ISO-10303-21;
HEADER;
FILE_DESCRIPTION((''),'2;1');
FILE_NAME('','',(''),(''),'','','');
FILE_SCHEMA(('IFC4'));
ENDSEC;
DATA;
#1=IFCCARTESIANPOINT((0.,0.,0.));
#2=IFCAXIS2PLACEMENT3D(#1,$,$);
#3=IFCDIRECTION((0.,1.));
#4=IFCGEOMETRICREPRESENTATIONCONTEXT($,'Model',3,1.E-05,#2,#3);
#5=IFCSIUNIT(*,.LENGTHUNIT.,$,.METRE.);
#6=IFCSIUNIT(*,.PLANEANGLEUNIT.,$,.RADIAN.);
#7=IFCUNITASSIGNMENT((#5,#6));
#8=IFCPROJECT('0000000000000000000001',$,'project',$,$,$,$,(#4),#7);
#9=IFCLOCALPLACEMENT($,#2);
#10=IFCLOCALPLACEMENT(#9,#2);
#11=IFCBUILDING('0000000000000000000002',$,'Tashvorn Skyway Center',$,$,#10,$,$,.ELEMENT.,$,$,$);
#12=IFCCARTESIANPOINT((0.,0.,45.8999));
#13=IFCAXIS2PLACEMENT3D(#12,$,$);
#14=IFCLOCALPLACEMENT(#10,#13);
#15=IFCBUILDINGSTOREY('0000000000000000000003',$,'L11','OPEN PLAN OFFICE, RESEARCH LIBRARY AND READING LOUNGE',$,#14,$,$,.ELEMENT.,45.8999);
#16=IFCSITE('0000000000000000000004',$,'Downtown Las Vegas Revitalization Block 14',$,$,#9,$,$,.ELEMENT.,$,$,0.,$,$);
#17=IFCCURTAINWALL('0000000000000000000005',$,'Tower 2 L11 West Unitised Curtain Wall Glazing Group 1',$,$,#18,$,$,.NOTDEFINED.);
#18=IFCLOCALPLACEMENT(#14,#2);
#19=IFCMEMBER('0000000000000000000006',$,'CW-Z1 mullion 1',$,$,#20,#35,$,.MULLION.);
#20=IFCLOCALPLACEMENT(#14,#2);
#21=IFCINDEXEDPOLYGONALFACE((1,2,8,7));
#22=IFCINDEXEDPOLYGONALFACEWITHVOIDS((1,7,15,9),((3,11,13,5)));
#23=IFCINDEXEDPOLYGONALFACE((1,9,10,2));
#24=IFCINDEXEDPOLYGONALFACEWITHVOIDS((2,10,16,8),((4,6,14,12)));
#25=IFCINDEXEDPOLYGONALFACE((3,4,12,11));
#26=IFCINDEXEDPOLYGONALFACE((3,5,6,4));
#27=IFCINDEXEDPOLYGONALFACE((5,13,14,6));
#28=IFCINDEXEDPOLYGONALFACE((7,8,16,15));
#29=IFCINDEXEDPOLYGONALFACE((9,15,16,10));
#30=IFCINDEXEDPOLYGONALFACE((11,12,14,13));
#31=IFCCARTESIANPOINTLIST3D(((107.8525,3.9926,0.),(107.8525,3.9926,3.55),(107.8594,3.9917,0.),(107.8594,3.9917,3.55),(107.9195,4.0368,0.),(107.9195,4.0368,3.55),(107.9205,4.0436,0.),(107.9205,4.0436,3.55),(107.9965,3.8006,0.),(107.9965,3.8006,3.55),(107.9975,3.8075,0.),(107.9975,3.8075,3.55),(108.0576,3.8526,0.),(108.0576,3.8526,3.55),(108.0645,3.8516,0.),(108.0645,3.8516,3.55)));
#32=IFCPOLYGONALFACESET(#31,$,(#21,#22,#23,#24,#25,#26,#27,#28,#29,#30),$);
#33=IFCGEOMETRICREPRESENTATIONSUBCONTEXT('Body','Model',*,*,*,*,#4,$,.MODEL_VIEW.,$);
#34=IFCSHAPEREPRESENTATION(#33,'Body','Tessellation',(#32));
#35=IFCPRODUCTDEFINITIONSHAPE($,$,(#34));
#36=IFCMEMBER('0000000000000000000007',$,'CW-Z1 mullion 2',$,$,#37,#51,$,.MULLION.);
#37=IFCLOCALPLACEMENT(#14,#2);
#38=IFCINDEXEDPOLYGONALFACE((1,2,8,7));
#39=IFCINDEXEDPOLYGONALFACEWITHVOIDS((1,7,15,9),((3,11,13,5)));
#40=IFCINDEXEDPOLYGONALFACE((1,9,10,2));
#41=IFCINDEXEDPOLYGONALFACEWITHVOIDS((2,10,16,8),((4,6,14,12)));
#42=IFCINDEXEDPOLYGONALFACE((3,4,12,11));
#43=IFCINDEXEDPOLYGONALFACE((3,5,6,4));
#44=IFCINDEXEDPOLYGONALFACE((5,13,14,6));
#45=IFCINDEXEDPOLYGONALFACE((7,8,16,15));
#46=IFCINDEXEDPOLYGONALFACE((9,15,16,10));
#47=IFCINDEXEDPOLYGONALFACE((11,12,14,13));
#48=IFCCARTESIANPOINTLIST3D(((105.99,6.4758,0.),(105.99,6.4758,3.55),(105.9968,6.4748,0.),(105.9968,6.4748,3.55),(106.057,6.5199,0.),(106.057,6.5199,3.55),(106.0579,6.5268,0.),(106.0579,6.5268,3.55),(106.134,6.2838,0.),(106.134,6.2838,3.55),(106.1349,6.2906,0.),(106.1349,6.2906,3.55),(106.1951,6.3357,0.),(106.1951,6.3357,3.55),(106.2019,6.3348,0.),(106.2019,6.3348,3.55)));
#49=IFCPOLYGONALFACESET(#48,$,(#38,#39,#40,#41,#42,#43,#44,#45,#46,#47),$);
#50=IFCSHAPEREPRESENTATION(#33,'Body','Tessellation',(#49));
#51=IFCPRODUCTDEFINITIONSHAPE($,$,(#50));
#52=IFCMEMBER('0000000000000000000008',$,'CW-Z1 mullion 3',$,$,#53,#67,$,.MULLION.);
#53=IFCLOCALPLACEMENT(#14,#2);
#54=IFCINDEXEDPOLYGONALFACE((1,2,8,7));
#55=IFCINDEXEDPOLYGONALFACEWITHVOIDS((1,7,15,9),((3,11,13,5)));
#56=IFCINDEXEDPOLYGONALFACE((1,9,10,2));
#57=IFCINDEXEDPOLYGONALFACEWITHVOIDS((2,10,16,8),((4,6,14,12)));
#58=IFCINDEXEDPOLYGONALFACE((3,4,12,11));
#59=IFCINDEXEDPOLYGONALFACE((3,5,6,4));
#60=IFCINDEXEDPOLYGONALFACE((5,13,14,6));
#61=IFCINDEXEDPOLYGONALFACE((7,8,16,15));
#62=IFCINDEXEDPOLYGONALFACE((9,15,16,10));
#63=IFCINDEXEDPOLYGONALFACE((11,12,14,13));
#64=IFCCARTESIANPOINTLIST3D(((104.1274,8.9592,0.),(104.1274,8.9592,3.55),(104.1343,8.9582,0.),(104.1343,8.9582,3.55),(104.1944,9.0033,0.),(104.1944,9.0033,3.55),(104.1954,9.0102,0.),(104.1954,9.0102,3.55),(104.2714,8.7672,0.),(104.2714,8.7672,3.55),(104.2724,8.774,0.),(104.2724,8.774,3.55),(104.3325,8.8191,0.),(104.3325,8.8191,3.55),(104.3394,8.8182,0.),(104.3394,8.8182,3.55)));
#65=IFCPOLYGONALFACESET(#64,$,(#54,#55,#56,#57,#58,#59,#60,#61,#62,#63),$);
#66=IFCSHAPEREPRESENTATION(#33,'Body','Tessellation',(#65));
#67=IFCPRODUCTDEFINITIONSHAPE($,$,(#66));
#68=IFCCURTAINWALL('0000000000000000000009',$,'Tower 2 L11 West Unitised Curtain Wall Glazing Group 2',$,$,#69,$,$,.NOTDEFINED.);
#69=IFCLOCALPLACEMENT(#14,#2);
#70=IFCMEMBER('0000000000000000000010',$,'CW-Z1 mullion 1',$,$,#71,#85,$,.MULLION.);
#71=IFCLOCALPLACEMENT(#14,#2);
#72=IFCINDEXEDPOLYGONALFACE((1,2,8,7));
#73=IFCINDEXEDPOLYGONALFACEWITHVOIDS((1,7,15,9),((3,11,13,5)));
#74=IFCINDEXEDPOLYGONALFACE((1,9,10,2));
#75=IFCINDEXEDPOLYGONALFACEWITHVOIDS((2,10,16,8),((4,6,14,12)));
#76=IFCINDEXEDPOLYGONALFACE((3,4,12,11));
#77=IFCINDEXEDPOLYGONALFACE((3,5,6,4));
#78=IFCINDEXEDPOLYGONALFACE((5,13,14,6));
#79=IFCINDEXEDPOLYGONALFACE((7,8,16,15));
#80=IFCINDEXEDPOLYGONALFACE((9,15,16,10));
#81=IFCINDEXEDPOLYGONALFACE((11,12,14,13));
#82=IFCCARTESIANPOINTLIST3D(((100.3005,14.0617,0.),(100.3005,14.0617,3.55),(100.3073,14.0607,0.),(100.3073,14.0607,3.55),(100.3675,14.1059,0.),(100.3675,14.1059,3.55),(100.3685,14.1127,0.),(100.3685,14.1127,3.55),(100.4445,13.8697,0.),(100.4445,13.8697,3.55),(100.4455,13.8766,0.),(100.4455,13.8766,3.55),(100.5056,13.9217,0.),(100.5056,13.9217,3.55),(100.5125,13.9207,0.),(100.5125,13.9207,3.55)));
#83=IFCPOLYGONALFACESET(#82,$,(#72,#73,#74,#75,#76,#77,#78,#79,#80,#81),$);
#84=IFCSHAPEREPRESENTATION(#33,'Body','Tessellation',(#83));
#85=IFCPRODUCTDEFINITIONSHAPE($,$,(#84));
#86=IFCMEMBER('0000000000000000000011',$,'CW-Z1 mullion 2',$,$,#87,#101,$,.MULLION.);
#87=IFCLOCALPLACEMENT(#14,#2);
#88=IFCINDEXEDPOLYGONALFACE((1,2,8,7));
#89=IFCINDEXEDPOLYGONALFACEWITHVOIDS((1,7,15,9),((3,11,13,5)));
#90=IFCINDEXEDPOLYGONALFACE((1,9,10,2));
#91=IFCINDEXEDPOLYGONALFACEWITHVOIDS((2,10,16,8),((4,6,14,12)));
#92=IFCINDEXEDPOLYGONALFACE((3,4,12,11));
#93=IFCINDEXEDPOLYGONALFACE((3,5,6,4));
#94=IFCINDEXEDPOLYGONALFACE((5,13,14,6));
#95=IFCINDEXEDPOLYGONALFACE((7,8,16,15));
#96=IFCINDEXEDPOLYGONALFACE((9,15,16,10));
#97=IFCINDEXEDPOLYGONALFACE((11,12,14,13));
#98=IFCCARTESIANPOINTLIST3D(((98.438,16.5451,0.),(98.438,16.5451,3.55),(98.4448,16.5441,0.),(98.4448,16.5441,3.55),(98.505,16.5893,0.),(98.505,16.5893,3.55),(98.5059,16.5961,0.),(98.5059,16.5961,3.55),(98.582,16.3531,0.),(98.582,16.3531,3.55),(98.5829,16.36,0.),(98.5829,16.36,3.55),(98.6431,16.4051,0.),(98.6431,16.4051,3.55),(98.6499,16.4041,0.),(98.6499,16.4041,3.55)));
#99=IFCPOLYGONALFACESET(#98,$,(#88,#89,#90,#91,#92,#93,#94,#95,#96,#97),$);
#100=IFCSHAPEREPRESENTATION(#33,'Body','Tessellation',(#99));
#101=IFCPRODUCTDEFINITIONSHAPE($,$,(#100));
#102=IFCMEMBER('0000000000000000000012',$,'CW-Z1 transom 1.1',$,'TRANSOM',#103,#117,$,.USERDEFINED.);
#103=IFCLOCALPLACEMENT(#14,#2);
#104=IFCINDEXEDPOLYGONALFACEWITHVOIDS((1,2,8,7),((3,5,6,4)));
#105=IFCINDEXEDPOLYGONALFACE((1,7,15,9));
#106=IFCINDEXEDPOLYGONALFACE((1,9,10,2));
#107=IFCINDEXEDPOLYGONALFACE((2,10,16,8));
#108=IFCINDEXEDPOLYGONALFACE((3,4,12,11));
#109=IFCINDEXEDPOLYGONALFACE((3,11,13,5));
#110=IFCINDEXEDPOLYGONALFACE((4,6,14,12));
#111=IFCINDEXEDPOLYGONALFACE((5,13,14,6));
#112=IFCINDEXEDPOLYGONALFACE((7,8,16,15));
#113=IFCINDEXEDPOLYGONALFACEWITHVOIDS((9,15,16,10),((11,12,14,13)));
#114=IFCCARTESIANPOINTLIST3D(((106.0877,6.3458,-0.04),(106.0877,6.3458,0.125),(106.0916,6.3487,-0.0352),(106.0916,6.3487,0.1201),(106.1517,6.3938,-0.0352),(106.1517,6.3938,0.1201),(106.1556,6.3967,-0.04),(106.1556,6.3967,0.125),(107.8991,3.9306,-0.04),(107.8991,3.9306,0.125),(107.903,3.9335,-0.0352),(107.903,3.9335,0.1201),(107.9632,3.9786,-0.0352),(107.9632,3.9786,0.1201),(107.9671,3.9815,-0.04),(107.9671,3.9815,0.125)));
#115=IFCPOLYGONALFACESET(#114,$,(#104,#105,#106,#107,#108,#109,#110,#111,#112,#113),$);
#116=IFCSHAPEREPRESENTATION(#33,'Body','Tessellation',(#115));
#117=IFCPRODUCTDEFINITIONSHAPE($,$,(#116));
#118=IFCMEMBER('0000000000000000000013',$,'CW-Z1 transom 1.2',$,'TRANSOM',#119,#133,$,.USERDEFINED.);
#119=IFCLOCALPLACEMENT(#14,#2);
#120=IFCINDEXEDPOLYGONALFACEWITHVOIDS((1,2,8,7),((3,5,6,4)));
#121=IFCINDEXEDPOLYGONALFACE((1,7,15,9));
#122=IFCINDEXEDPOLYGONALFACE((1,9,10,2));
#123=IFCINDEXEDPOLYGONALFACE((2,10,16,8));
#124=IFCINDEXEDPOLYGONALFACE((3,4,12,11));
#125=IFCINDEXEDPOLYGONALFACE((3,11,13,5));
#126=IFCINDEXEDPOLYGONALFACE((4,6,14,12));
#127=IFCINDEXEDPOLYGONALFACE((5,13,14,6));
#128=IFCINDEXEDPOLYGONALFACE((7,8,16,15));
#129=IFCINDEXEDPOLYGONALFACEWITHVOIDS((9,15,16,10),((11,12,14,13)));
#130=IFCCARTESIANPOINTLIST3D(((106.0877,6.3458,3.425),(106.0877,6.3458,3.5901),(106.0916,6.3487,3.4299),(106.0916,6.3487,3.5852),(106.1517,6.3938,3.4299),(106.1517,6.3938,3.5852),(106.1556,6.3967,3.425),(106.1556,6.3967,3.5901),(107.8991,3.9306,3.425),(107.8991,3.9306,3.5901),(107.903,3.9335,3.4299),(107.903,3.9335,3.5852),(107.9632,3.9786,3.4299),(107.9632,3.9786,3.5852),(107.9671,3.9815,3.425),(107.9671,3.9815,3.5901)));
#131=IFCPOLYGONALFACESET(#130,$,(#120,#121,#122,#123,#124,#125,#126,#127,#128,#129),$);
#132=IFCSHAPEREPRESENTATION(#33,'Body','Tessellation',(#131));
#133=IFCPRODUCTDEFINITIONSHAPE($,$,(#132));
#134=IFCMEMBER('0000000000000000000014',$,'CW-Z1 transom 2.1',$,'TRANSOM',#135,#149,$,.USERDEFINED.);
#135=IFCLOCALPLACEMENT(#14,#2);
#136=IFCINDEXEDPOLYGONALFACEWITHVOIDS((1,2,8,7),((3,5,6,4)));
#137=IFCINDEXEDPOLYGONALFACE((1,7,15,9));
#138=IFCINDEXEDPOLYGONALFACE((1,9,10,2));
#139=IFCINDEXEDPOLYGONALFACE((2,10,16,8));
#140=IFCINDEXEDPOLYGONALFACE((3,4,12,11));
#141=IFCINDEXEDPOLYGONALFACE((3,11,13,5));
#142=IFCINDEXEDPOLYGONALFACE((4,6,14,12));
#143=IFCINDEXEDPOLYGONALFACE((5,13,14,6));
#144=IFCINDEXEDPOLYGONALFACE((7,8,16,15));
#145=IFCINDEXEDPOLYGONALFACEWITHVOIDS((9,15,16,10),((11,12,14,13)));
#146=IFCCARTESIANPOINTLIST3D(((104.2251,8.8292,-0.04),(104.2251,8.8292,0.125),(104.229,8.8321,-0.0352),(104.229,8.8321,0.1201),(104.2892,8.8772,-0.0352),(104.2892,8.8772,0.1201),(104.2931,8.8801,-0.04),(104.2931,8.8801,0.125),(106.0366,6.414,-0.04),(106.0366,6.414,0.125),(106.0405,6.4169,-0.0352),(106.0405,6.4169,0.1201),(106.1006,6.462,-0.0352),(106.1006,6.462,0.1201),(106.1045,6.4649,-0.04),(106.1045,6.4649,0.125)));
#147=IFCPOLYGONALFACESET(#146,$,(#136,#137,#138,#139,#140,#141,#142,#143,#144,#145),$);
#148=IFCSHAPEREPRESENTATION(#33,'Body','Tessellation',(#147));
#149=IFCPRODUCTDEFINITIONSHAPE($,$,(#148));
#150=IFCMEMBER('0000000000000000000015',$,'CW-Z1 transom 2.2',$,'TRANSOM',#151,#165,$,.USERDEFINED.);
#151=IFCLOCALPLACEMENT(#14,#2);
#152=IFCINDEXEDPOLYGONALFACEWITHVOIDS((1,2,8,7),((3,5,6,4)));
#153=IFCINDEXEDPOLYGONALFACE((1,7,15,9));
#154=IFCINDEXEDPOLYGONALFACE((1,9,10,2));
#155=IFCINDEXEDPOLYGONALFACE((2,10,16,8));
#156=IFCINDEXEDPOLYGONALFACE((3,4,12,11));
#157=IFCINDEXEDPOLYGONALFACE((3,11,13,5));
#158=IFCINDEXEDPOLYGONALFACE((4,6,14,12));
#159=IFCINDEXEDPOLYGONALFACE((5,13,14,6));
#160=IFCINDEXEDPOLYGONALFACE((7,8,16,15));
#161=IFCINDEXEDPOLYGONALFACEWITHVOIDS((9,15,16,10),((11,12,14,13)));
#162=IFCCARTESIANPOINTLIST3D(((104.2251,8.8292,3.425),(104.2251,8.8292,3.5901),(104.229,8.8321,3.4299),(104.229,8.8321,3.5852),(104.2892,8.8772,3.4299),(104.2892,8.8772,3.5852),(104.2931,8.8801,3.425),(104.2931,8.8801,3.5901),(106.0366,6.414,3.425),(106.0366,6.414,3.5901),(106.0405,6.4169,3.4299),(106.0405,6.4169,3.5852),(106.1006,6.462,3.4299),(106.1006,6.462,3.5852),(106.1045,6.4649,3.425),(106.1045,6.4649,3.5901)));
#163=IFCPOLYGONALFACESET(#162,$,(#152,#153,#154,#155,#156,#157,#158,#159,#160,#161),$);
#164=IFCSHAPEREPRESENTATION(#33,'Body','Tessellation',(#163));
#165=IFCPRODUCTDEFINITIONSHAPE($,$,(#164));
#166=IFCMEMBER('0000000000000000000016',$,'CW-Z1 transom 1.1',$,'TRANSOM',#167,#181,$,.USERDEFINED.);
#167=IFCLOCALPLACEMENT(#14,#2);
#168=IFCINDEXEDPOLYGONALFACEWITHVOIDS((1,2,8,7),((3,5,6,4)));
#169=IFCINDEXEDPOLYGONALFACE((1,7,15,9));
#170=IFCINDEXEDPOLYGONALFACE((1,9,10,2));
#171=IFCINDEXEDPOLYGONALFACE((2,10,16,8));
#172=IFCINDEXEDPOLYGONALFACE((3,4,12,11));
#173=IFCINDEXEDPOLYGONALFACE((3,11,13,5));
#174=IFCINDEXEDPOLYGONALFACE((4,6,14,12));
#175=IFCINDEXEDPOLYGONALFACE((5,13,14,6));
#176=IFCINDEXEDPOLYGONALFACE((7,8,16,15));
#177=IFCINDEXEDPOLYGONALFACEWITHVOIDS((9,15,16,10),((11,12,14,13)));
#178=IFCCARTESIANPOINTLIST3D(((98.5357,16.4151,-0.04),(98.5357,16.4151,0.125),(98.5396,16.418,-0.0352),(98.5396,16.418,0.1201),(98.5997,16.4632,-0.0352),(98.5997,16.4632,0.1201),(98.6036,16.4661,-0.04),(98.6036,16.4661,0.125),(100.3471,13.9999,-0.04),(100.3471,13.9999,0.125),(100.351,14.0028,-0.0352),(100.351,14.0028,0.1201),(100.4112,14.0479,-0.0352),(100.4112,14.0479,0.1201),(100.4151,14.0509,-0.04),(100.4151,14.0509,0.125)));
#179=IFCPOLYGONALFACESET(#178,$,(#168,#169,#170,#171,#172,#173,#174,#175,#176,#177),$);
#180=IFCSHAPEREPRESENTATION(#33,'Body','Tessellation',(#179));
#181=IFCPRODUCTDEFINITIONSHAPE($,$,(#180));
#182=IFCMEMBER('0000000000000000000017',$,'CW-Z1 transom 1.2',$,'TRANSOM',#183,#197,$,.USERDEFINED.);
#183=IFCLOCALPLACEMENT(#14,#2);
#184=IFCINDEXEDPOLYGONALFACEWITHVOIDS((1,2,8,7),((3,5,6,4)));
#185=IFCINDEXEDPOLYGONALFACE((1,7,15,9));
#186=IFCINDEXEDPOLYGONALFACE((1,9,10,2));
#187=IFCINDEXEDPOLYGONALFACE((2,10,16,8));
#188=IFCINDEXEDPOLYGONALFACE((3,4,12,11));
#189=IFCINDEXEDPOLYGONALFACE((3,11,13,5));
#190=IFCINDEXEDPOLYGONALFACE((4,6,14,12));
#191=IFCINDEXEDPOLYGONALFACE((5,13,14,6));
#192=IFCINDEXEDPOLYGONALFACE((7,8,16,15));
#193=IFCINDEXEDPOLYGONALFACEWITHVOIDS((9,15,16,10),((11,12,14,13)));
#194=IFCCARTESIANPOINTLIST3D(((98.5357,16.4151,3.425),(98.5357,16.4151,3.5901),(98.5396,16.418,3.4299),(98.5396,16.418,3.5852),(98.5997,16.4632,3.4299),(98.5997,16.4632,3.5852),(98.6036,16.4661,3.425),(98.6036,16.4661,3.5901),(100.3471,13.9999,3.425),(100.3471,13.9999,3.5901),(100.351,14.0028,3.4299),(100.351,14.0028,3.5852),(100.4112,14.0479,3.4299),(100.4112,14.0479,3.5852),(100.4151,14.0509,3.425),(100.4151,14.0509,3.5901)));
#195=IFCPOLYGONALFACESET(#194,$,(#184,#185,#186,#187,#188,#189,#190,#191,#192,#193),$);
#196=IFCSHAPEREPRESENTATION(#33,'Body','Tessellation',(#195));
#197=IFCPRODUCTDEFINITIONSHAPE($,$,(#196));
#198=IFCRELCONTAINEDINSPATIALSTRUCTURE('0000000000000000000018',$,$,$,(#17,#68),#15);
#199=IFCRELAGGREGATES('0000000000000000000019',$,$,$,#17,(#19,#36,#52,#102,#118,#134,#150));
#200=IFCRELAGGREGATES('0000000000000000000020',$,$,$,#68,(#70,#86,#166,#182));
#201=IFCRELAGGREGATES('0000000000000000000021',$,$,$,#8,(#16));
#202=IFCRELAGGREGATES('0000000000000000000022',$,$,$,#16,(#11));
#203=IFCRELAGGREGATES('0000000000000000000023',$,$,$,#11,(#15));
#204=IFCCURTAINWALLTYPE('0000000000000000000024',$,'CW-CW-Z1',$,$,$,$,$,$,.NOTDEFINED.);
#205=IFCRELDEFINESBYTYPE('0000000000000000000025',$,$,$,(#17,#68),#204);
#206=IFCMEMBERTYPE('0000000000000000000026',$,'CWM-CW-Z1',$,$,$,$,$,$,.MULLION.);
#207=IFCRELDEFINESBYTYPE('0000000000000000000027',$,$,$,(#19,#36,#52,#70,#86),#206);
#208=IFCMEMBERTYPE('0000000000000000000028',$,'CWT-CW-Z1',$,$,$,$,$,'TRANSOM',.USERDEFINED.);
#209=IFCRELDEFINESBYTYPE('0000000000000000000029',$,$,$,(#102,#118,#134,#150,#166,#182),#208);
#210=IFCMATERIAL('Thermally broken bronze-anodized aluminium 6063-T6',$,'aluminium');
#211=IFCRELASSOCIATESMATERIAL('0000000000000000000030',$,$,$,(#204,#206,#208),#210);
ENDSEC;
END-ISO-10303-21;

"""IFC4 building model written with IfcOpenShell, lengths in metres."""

from ifc_helpers import new_model, si_unit, direction, frame, origin, origin_2d, place, context, subcontext, project, spatial, hollow_rectangle, extrude, material, material_profile, profile_set, type_object, element, aggregate, save


model = new_model("IFC4")

# Units and contexts
model_context = context("Model", 3, precision=1e-05, world=origin(), true_north=direction((0.0, 1.0)))
body_context = subcontext(model_context, "Body", "Model", "MODEL_VIEW")
ifc_project = project(units=[si_unit("LENGTHUNIT", "METRE"), si_unit("PLANEANGLEUNIT", "RADIAN")], contexts=[model_context])

# Site, building, storey
site_placement = place(None, origin())
site = spatial("IfcSite", under=ifc_project, at=site_placement, Name="Downtown Las Vegas Revitalization Block 14", CompositionType="ELEMENT", RefElevation=0.0)
building_placement = place(site_placement, origin())
building = spatial("IfcBuilding", under=site, at=building_placement, Name="Tashvorn Skyway Center", CompositionType="ELEMENT")
storey_placement = place(building_placement, frame((0.0, 0.0, 45.8999)))
storey = spatial("IfcBuildingStorey", under=building, at=storey_placement, Name="L11", Description="OPEN PLAN OFFICE, RESEARCH LIBRARY AND READING LOUNGE", CompositionType="ELEMENT", Elevation=45.8999)

# Curtain walls, members
ifc_material_1 = material(Name="Thermally broken bronze-anodized aluminium 6063-T6", Category="aluminium")
curtain_wall_type = type_object("IfcCurtainWallType", Name="CW-CW-Z1", PredefinedType="NOTDEFINED", material=ifc_material_1)
curtain_wall_1_placement = place(storey_placement, origin())
curtain_wall_1 = element("IfcCurtainWall", 1, at=curtain_wall_1_placement, inside=storey, type_object=curtain_wall_type, Name="Tower 2 L11 West Unitised Curtain Wall Glazing Group 1", PredefinedType="NOTDEFINED")
ifc_material_profile_1 = material_profile(ifc_material_1, hollow_rectangle(XDim=0.085, YDim=0.24, WallThickness=0.0049, at=origin_2d()), Name="ALU-MULL-85x240")
ifc_profile_set_1 = profile_set([ifc_material_profile_1], Name="Thermally broken bronze-anodized aluminium 6063-T6")
member_type_1 = type_object("IfcMemberType", Name="CWM-CW-Z1", PredefinedType="MULLION", material=ifc_profile_set_1)
member_1_placement = place(storey_placement, frame((107.9585, 3.9221, 0.0), z_axis=(0.0, 0.0, 1.0), x_axis=(-0.800002, -0.599997, 0.0)))
member_1 = element("IfcMember", 2, at=member_1_placement, type_object=member_type_1, Name="CW-Z1 mullion 1", PredefinedType="MULLION", context=body_context, shape_type="SweptSolid", body=[
    extrude(hollow_rectangle(XDim=0.085, YDim=0.24, WallThickness=0.0049, at=origin_2d()), origin(), (0.0, 0.0, 1.0), 3.55),
])
member_2_placement = place(storey_placement, frame((106.0959, 6.4053, 0.0), z_axis=(0.0, 0.0, 1.0), x_axis=(-0.800002, -0.599997, 0.0)))
member_2 = element("IfcMember", 3, at=member_2_placement, type_object=member_type_1, Name="CW-Z1 mullion 2", PredefinedType="MULLION", context=body_context, shape_type="SweptSolid", body=[
    extrude(hollow_rectangle(XDim=0.085, YDim=0.24, WallThickness=0.0049, at=origin_2d()), origin(), (0.0, 0.0, 1.0), 3.55),
])
member_3_placement = place(storey_placement, frame((104.2334, 8.8887, 0.0), z_axis=(0.0, 0.0, 1.0), x_axis=(-0.800002, -0.599997, 0.0)))
member_3 = element("IfcMember", 4, at=member_3_placement, type_object=member_type_1, Name="CW-Z1 mullion 3", PredefinedType="MULLION", context=body_context, shape_type="SweptSolid", body=[
    extrude(hollow_rectangle(XDim=0.085, YDim=0.24, WallThickness=0.0049, at=origin_2d()), origin(), (0.0, 0.0, 1.0), 3.55),
])
curtain_wall_2_placement = place(storey_placement, origin())
curtain_wall_2 = element("IfcCurtainWall", 5, at=curtain_wall_2_placement, inside=storey, type_object=curtain_wall_type, Name="Tower 2 L11 West Unitised Curtain Wall Glazing Group 2", PredefinedType="NOTDEFINED")
member_4_placement = place(storey_placement, frame((100.4065, 13.9912, 0.0), z_axis=(0.0, 0.0, 1.0), x_axis=(-0.800002, -0.599997, 0.0)))
member_4 = element("IfcMember", 6, at=member_4_placement, type_object=member_type_1, Name="CW-Z1 mullion 1", PredefinedType="MULLION", context=body_context, shape_type="SweptSolid", body=[
    extrude(hollow_rectangle(XDim=0.085, YDim=0.24, WallThickness=0.0049, at=origin_2d()), origin(), (0.0, 0.0, 1.0), 3.55),
])
member_5_placement = place(storey_placement, frame((98.5439, 16.4746, 0.0), z_axis=(0.0, 0.0, 1.0), x_axis=(-0.800002, -0.599997, 0.0)))
member_5 = element("IfcMember", 7, at=member_5_placement, type_object=member_type_1, Name="CW-Z1 mullion 2", PredefinedType="MULLION", context=body_context, shape_type="SweptSolid", body=[
    extrude(hollow_rectangle(XDim=0.085, YDim=0.24, WallThickness=0.0049, at=origin_2d()), origin(), (0.0, 0.0, 1.0), 3.55),
])

# Members
ifc_material_profile_2 = material_profile(ifc_material_1, hollow_rectangle(XDim=0.085, YDim=0.165, WallThickness=0.0049, at=origin_2d()), Name="ALU-TRAN-85x165")
ifc_profile_set_2 = profile_set([ifc_material_profile_2], Name="Thermally broken bronze-anodized aluminium 6063-T6")
member_type_2 = type_object("IfcMemberType", Name="CWT-CW-Z1", ElementType="TRANSOM", PredefinedType="USERDEFINED", material=ifc_profile_set_2)
member_6_placement = place(storey_placement, frame((107.9331, 3.9561, 0.0425), z_axis=(-0.600013, 0.79999, 0.0), x_axis=(-0.79999, -0.600013, 0.0)))
member_6 = element("IfcMember", 8, at=member_6_placement, type_object=member_type_2, Name="CW-Z1 transom 1.1", ObjectType="TRANSOM", PredefinedType="USERDEFINED", context=body_context, shape_type="SweptSolid", body=[
    extrude(hollow_rectangle(XDim=0.085, YDim=0.165, WallThickness=0.0049, at=origin_2d()), origin(), (0.0, 0.0, 1.0), 3.019),
])
member_7_placement = place(storey_placement, frame((107.9331, 3.9561, 3.5076), z_axis=(-0.600013, 0.79999, 0.0), x_axis=(-0.79999, -0.600013, 0.0)))
member_7 = element("IfcMember", 9, at=member_7_placement, type_object=member_type_2, Name="CW-Z1 transom 1.2", ObjectType="TRANSOM", PredefinedType="USERDEFINED", context=body_context, shape_type="SweptSolid", body=[
    extrude(hollow_rectangle(XDim=0.085, YDim=0.165, WallThickness=0.0049, at=origin_2d()), origin(), (0.0, 0.0, 1.0), 3.019),
])
member_8_placement = place(storey_placement, frame((106.0706, 6.4395, 0.0425), z_axis=(-0.600013, 0.79999, 0.0), x_axis=(-0.79999, -0.600013, 0.0)))
member_8 = element("IfcMember", 10, at=member_8_placement, type_object=member_type_2, Name="CW-Z1 transom 2.1", ObjectType="TRANSOM", PredefinedType="USERDEFINED", context=body_context, shape_type="SweptSolid", body=[
    extrude(hollow_rectangle(XDim=0.085, YDim=0.165, WallThickness=0.0049, at=origin_2d()), origin(), (0.0, 0.0, 1.0), 3.019),
])
member_9_placement = place(storey_placement, frame((106.0706, 6.4395, 3.5076), z_axis=(-0.600013, 0.79999, 0.0), x_axis=(-0.79999, -0.600013, 0.0)))
member_9 = element("IfcMember", 11, at=member_9_placement, type_object=member_type_2, Name="CW-Z1 transom 2.2", ObjectType="TRANSOM", PredefinedType="USERDEFINED", context=body_context, shape_type="SweptSolid", body=[
    extrude(hollow_rectangle(XDim=0.085, YDim=0.165, WallThickness=0.0049, at=origin_2d()), origin(), (0.0, 0.0, 1.0), 3.019),
])
member_10_placement = place(storey_placement, frame((100.3811, 14.0254, 0.0425), z_axis=(-0.600013, 0.79999, 0.0), x_axis=(-0.79999, -0.600013, 0.0)))
member_10 = element("IfcMember", 12, at=member_10_placement, type_object=member_type_2, Name="CW-Z1 transom 1.1", ObjectType="TRANSOM", PredefinedType="USERDEFINED", context=body_context, shape_type="SweptSolid", body=[
    extrude(hollow_rectangle(XDim=0.085, YDim=0.165, WallThickness=0.0049, at=origin_2d()), origin(), (0.0, 0.0, 1.0), 3.019),
])
member_11_placement = place(storey_placement, frame((100.3811, 14.0254, 3.5076), z_axis=(-0.600013, 0.79999, 0.0), x_axis=(-0.79999, -0.600013, 0.0)))
member_11 = element("IfcMember", 13, at=member_11_placement, type_object=member_type_2, Name="CW-Z1 transom 1.2", ObjectType="TRANSOM", PredefinedType="USERDEFINED", context=body_context, shape_type="SweptSolid", body=[
    extrude(hollow_rectangle(XDim=0.085, YDim=0.165, WallThickness=0.0049, at=origin_2d()), origin(), (0.0, 0.0, 1.0), 3.019),
])

aggregate(curtain_wall_1, [member_1, member_2, member_3, member_6, member_7, member_8, member_9])
aggregate(curtain_wall_2, [member_4, member_5, member_10, member_11])

save(model, "model.ifc")
